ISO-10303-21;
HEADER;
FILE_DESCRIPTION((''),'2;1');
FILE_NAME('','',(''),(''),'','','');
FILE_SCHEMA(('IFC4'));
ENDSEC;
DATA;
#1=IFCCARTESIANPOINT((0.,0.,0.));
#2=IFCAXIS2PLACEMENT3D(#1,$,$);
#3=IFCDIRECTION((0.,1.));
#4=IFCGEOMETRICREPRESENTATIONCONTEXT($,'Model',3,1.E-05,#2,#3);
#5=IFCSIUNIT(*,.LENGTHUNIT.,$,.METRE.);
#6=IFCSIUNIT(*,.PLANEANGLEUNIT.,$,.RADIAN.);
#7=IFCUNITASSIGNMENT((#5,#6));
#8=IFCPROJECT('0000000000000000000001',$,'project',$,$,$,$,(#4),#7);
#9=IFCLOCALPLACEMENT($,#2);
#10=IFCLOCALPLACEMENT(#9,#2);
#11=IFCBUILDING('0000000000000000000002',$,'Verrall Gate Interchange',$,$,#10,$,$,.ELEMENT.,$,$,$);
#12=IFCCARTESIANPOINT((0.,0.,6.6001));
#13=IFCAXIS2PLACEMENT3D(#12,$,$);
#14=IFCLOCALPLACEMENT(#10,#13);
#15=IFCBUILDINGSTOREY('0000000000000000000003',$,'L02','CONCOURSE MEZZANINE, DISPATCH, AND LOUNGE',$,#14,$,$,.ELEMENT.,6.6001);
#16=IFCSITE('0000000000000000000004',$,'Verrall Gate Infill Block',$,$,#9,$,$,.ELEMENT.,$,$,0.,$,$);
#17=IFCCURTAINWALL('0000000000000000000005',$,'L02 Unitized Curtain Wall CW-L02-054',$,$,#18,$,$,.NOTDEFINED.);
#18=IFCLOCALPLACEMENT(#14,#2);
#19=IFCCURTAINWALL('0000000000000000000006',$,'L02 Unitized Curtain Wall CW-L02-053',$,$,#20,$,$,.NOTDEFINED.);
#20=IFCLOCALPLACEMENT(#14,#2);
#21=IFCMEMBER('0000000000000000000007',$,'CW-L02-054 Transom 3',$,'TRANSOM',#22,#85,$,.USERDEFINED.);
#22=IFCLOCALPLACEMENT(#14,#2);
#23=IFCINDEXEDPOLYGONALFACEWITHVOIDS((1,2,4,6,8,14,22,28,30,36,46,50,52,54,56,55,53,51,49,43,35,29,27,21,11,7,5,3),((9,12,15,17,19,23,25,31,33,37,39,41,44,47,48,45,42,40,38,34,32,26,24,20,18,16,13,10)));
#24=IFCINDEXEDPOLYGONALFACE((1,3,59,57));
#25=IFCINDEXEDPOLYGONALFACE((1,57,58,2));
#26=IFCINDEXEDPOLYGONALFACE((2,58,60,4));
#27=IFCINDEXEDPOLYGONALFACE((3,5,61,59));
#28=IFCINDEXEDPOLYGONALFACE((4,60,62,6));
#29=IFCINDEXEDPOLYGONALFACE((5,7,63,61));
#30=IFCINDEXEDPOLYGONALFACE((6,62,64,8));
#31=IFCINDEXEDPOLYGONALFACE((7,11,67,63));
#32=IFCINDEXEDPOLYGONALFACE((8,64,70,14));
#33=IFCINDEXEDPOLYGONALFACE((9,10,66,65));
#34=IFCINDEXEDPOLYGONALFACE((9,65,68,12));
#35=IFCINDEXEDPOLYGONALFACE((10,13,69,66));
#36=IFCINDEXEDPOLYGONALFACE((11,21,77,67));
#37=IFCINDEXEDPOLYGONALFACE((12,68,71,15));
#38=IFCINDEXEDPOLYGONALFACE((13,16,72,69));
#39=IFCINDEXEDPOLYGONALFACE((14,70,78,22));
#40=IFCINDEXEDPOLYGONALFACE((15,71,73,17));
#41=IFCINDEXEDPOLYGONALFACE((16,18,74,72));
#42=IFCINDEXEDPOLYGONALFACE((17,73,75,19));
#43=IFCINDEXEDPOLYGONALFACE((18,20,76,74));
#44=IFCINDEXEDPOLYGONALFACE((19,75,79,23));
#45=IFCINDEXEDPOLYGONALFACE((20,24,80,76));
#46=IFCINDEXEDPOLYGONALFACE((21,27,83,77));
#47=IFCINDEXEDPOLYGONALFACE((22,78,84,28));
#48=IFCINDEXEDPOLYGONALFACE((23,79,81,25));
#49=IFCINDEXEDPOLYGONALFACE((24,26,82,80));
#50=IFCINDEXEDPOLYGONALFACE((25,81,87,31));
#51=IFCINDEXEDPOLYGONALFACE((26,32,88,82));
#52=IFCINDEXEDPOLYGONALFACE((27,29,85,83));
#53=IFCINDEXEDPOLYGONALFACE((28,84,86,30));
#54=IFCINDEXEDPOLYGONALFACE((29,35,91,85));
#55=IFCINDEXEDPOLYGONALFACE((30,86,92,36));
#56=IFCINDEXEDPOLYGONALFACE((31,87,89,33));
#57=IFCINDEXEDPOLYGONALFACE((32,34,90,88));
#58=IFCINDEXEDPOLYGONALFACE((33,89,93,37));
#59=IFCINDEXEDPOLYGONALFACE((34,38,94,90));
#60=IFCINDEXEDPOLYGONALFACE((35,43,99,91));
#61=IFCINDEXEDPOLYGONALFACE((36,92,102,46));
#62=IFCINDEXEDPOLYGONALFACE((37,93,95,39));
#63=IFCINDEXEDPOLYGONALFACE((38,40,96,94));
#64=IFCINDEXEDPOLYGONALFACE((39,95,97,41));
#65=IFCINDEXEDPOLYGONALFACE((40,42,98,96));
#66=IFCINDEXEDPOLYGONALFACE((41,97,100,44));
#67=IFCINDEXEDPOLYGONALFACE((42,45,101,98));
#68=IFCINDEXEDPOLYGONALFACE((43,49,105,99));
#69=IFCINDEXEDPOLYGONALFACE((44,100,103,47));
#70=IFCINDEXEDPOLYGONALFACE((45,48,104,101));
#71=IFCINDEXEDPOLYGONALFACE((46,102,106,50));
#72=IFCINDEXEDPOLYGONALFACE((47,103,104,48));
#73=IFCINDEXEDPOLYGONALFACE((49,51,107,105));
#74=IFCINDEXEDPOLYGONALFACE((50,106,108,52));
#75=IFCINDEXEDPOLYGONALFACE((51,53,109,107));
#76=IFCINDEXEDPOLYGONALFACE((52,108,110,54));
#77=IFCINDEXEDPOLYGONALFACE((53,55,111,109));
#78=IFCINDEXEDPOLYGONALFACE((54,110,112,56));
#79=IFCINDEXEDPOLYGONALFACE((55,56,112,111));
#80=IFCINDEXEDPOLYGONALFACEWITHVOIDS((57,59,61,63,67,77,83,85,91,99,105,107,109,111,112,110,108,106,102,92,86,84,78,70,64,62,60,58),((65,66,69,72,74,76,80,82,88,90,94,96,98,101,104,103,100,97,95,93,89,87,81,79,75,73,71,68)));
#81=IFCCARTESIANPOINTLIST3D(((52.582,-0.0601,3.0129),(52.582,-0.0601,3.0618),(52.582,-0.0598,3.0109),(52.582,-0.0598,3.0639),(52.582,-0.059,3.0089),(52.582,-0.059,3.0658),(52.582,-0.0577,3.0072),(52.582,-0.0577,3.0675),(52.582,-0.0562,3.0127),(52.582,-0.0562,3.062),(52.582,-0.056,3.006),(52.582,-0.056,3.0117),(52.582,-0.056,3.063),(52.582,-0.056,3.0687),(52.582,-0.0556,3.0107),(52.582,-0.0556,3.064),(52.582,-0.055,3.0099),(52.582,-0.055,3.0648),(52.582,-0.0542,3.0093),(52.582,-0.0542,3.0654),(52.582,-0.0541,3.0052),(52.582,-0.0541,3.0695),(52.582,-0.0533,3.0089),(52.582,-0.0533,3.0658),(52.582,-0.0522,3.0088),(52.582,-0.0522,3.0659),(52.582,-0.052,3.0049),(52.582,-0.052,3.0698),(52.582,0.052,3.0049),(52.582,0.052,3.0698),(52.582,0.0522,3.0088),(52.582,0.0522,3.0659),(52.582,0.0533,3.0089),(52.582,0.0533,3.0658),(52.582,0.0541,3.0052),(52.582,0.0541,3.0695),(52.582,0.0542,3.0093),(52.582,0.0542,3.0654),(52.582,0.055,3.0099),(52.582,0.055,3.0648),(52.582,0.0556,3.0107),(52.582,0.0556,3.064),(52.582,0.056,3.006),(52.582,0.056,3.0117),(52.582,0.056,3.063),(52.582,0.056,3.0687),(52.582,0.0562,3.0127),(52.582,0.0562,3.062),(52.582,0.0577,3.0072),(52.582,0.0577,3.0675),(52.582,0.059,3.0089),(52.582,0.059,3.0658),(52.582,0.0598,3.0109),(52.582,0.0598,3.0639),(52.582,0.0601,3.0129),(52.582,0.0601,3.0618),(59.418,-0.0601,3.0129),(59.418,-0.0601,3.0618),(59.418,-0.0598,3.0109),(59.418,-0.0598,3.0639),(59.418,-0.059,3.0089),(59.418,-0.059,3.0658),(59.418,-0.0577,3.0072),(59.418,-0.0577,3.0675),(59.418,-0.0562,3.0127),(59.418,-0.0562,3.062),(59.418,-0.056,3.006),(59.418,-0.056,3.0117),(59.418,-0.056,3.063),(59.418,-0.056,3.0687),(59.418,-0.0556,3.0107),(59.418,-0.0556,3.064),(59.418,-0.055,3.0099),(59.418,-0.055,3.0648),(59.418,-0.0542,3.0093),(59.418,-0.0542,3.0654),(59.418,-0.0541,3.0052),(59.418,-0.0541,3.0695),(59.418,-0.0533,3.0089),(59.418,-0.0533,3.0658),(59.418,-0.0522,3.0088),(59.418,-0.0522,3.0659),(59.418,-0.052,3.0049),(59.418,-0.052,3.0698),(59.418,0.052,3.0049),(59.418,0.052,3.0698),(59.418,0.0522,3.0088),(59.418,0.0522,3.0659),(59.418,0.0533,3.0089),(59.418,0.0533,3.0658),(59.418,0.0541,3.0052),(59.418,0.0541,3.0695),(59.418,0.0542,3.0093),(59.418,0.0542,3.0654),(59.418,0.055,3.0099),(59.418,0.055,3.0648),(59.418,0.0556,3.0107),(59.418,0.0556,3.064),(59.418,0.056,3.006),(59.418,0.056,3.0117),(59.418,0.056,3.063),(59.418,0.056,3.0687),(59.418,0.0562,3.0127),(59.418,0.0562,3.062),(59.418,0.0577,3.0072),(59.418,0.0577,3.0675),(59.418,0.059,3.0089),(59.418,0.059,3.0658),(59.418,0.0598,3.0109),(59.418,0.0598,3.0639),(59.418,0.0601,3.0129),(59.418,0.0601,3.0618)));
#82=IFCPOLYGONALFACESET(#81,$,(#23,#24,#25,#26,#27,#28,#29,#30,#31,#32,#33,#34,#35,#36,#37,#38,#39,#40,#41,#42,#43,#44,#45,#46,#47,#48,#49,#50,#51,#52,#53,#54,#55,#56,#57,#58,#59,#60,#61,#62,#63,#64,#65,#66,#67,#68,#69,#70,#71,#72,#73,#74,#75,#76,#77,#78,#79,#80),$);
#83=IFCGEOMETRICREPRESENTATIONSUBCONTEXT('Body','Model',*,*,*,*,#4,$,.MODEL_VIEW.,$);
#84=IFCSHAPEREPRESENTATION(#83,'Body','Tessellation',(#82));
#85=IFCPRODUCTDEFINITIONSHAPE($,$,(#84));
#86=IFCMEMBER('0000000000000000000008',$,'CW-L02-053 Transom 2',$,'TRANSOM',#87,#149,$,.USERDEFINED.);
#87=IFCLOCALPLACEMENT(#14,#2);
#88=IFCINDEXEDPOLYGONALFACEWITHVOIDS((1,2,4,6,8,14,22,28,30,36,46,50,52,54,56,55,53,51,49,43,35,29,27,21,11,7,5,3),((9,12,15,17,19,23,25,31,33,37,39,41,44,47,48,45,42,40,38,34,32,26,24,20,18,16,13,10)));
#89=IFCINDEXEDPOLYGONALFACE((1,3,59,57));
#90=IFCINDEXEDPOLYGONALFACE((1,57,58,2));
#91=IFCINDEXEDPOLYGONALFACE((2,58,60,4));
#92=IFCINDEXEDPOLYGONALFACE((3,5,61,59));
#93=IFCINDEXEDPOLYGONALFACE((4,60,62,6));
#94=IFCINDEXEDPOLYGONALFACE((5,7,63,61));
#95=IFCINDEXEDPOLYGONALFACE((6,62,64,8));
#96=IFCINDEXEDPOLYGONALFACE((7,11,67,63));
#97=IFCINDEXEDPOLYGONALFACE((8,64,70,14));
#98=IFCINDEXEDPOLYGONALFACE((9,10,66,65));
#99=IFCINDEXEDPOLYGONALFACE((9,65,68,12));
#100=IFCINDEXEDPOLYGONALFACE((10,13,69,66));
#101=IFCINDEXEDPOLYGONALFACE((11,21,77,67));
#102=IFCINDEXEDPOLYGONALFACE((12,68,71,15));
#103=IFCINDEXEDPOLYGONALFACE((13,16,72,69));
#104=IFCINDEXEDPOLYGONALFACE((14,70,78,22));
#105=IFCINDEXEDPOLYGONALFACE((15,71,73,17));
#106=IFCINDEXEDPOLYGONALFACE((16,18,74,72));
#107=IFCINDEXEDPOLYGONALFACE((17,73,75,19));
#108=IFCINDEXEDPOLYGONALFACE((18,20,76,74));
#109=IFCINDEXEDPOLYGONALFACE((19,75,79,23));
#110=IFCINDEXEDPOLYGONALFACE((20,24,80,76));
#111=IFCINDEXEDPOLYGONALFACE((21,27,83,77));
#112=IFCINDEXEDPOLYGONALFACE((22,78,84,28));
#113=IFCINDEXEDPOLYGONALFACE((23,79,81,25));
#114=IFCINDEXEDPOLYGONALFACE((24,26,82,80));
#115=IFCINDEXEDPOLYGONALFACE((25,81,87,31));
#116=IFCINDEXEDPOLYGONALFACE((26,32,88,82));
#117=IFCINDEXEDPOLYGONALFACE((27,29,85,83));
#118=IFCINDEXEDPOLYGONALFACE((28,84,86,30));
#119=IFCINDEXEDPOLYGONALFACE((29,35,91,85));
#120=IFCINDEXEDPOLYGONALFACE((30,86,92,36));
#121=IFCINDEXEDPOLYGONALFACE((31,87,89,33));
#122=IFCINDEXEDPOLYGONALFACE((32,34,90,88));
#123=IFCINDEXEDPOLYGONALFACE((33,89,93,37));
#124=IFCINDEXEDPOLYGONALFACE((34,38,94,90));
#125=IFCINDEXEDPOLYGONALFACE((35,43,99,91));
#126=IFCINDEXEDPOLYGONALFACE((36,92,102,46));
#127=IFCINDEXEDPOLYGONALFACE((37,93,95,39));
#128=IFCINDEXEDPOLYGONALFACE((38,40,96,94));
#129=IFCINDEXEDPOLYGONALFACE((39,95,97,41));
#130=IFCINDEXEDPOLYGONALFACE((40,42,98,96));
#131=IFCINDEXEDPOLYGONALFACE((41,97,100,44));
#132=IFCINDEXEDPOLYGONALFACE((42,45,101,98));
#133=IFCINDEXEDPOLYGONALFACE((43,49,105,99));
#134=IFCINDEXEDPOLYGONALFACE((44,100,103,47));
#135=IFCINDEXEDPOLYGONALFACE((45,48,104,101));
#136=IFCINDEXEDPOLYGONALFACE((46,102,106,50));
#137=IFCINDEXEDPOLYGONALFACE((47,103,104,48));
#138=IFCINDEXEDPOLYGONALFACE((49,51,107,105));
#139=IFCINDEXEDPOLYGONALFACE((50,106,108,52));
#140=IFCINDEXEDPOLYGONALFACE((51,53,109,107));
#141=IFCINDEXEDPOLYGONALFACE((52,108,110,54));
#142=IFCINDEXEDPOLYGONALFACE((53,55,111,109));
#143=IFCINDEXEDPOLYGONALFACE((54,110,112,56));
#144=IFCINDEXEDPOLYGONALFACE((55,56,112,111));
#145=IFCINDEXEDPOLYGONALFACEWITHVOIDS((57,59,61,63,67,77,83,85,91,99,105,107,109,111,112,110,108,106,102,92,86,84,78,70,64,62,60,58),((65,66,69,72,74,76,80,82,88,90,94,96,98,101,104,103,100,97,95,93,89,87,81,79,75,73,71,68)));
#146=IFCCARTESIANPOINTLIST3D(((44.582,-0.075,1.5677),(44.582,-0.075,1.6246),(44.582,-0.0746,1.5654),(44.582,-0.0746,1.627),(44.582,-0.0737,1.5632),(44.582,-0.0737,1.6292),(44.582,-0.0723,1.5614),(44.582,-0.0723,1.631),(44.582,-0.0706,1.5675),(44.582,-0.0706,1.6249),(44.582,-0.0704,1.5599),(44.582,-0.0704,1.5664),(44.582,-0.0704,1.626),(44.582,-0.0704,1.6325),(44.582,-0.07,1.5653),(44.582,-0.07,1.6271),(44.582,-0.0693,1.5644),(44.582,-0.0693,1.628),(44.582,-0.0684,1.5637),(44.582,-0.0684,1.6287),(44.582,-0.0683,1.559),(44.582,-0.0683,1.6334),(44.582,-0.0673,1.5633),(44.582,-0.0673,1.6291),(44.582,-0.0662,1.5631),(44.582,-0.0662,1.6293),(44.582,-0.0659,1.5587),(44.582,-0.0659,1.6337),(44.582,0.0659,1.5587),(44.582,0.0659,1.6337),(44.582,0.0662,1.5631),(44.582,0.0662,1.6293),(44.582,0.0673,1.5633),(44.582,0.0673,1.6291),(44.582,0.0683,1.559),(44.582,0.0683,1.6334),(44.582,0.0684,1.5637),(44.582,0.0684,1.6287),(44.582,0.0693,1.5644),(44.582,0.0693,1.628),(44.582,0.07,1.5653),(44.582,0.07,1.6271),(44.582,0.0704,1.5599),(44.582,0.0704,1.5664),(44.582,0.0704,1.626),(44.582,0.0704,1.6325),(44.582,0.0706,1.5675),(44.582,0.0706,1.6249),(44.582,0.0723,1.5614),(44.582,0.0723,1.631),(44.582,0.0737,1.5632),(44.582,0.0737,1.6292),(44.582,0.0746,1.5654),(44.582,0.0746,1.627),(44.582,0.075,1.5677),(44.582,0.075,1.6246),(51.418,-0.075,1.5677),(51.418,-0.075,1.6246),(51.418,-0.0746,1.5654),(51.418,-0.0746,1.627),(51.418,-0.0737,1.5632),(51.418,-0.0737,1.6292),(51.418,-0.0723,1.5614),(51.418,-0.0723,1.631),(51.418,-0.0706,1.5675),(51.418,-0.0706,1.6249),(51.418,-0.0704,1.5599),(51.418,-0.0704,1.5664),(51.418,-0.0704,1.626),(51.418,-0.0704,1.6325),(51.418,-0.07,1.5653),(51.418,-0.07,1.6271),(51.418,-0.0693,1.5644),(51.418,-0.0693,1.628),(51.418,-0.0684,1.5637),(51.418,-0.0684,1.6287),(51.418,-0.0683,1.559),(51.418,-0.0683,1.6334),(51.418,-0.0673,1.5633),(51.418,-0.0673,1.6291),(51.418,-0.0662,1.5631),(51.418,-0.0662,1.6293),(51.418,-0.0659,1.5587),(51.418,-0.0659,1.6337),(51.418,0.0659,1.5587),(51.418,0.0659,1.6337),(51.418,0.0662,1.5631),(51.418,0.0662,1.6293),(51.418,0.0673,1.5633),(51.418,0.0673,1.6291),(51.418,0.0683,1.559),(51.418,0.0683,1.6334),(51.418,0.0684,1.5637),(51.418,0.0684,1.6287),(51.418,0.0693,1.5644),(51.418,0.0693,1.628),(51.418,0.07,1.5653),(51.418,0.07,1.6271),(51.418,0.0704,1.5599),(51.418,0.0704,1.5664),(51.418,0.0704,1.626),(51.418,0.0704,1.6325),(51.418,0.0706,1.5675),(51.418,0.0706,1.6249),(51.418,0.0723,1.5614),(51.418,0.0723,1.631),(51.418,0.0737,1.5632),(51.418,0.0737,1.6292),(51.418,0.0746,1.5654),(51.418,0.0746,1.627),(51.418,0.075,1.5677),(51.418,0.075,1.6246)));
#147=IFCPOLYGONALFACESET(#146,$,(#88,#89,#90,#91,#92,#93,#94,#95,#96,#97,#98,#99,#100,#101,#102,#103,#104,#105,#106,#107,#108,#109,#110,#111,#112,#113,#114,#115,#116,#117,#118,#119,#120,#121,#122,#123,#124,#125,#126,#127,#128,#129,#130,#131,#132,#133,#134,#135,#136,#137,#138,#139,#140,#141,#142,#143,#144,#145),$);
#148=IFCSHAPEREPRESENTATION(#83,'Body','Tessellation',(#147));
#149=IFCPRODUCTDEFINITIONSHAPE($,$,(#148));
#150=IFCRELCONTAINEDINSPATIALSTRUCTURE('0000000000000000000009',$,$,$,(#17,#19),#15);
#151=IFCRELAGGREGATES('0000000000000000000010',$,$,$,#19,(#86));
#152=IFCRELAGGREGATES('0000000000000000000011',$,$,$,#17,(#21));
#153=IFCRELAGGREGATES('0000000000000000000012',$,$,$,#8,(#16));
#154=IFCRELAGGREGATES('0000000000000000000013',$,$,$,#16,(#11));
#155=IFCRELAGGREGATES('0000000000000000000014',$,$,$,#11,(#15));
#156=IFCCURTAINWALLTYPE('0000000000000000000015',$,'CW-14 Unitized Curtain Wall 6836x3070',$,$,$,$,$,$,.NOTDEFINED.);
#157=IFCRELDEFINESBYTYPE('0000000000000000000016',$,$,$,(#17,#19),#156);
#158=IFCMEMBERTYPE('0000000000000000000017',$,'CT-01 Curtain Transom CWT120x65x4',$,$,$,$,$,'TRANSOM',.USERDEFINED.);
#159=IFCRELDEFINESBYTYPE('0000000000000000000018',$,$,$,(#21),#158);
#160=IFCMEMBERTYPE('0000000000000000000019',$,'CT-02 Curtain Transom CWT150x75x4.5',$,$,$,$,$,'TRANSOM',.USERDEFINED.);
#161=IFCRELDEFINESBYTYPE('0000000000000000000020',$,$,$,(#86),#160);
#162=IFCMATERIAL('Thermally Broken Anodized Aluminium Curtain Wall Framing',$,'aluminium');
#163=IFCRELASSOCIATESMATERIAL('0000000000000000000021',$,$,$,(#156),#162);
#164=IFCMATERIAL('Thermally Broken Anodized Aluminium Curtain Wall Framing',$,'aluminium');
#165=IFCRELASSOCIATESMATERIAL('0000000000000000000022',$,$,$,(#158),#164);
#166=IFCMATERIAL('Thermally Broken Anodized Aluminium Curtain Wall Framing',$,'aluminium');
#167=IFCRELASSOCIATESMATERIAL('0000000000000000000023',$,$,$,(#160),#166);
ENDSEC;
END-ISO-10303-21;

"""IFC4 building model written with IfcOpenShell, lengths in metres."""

from ifc_helpers import new_model, si_unit, direction, frame, origin, origin_2d, place, context, subcontext, project, spatial, hollow_rectangle, extrude, material, material_profile, profile_set, type_object, element, aggregate, save


model = new_model("IFC4")

# Units and contexts
model_context = context("Model", 3, precision=1e-05, world=origin(), true_north=direction((0.0, 1.0)))
body_context = subcontext(model_context, "Body", "Model", "MODEL_VIEW")
ifc_project = project(units=[si_unit("LENGTHUNIT", "METRE"), si_unit("PLANEANGLEUNIT", "RADIAN")], contexts=[model_context])

# Site, building, storey
site_placement = place(None, origin())
site = spatial("IfcSite", under=ifc_project, at=site_placement, Name="Verrall Gate Infill Block", CompositionType="ELEMENT", RefElevation=0.0)
building_placement = place(site_placement, origin())
building = spatial("IfcBuilding", under=site, at=building_placement, Name="Verrall Gate Interchange", CompositionType="ELEMENT")
storey_placement = place(building_placement, frame((0.0, 0.0, 6.6001)))
storey = spatial("IfcBuildingStorey", under=building, at=storey_placement, Name="L02", Description="CONCOURSE MEZZANINE, DISPATCH, AND LOUNGE", CompositionType="ELEMENT", Elevation=6.6001)

# Curtain walls
ifc_material_1 = material(Name="Thermally Broken Anodized Aluminium Curtain Wall Framing", Category="aluminium")
curtain_wall_type = type_object("IfcCurtainWallType", Name="CW-14 Unitized Curtain Wall 6836x3070", PredefinedType="NOTDEFINED", material=ifc_material_1)
curtain_wall_1_placement = place(storey_placement, origin())
curtain_wall_1 = element("IfcCurtainWall", 1, at=curtain_wall_1_placement, inside=storey, type_object=curtain_wall_type, Name="L02 Unitized Curtain Wall CW-L02-054", PredefinedType="NOTDEFINED")
curtain_wall_2_placement = place(storey_placement, origin())
curtain_wall_2 = element("IfcCurtainWall", 2, at=curtain_wall_2_placement, inside=storey, type_object=curtain_wall_type, Name="L02 Unitized Curtain Wall CW-L02-053", PredefinedType="NOTDEFINED")

# Members
ifc_material_2 = material(Name="Thermally Broken Anodized Aluminium Curtain Wall Framing", Category="aluminium")
ifc_material_profile_1 = material_profile(ifc_material_2, hollow_rectangle(XDim=0.1201, YDim=0.0649, WallThickness=0.0039, InnerFilletRadius=0.0039, OuterFilletRadius=0.0081, at=origin_2d()), Name="CWT120x65x4")
ifc_profile_set_1 = profile_set([ifc_material_profile_1], Name="Thermally Broken Anodized Aluminium Curtain Wall Framing")
member_type_1 = type_object("IfcMemberType", Name="CT-01 Curtain Transom CWT120x65x4", ElementType="TRANSOM", PredefinedType="USERDEFINED", material=ifc_profile_set_1)
member_1_placement = place(storey_placement, frame((52.582, 0.0, 3.0374), z_axis=(1.0, 0.0, 0.0), x_axis=(0.0, 1.0, 0.0)))
member_1 = element("IfcMember", 3, at=member_1_placement, type_object=member_type_1, Name="CW-L02-054 Transom 3", ObjectType="TRANSOM", PredefinedType="USERDEFINED", context=body_context, shape_type="SweptSolid", body=[
    extrude(hollow_rectangle(XDim=0.1201, YDim=0.0649, WallThickness=0.0039, InnerFilletRadius=0.0039, OuterFilletRadius=0.0081, at=origin_2d()), origin(), (0.0, 0.0, 1.0), 6.8359),
])
ifc_material_3 = material(Name="Thermally Broken Anodized Aluminium Curtain Wall Framing", Category="aluminium")
ifc_material_profile_2 = material_profile(ifc_material_3, hollow_rectangle(XDim=0.1499, YDim=0.075, WallThickness=0.0044, InnerFilletRadius=0.0044, OuterFilletRadius=0.009, at=origin_2d()), Name="CWT150x75x4.5")
ifc_profile_set_2 = profile_set([ifc_material_profile_2], Name="Thermally Broken Anodized Aluminium Curtain Wall Framing")
member_type_2 = type_object("IfcMemberType", Name="CT-02 Curtain Transom CWT150x75x4.5", ElementType="TRANSOM", PredefinedType="USERDEFINED", material=ifc_profile_set_2)
member_2_placement = place(storey_placement, frame((44.582, 0.0, 1.5962), z_axis=(1.0, 0.0, 0.0), x_axis=(0.0, 1.0, 0.0)))
member_2 = element("IfcMember", 4, at=member_2_placement, type_object=member_type_2, Name="CW-L02-053 Transom 2", ObjectType="TRANSOM", PredefinedType="USERDEFINED", context=body_context, shape_type="SweptSolid", body=[
    extrude(hollow_rectangle(XDim=0.1499, YDim=0.075, WallThickness=0.0044, InnerFilletRadius=0.0044, OuterFilletRadius=0.009, at=origin_2d()), origin(), (0.0, 0.0, 1.0), 6.8359),
])

aggregate(curtain_wall_2, [member_2])
aggregate(curtain_wall_1, [member_1])

save(model, "model.ifc")
